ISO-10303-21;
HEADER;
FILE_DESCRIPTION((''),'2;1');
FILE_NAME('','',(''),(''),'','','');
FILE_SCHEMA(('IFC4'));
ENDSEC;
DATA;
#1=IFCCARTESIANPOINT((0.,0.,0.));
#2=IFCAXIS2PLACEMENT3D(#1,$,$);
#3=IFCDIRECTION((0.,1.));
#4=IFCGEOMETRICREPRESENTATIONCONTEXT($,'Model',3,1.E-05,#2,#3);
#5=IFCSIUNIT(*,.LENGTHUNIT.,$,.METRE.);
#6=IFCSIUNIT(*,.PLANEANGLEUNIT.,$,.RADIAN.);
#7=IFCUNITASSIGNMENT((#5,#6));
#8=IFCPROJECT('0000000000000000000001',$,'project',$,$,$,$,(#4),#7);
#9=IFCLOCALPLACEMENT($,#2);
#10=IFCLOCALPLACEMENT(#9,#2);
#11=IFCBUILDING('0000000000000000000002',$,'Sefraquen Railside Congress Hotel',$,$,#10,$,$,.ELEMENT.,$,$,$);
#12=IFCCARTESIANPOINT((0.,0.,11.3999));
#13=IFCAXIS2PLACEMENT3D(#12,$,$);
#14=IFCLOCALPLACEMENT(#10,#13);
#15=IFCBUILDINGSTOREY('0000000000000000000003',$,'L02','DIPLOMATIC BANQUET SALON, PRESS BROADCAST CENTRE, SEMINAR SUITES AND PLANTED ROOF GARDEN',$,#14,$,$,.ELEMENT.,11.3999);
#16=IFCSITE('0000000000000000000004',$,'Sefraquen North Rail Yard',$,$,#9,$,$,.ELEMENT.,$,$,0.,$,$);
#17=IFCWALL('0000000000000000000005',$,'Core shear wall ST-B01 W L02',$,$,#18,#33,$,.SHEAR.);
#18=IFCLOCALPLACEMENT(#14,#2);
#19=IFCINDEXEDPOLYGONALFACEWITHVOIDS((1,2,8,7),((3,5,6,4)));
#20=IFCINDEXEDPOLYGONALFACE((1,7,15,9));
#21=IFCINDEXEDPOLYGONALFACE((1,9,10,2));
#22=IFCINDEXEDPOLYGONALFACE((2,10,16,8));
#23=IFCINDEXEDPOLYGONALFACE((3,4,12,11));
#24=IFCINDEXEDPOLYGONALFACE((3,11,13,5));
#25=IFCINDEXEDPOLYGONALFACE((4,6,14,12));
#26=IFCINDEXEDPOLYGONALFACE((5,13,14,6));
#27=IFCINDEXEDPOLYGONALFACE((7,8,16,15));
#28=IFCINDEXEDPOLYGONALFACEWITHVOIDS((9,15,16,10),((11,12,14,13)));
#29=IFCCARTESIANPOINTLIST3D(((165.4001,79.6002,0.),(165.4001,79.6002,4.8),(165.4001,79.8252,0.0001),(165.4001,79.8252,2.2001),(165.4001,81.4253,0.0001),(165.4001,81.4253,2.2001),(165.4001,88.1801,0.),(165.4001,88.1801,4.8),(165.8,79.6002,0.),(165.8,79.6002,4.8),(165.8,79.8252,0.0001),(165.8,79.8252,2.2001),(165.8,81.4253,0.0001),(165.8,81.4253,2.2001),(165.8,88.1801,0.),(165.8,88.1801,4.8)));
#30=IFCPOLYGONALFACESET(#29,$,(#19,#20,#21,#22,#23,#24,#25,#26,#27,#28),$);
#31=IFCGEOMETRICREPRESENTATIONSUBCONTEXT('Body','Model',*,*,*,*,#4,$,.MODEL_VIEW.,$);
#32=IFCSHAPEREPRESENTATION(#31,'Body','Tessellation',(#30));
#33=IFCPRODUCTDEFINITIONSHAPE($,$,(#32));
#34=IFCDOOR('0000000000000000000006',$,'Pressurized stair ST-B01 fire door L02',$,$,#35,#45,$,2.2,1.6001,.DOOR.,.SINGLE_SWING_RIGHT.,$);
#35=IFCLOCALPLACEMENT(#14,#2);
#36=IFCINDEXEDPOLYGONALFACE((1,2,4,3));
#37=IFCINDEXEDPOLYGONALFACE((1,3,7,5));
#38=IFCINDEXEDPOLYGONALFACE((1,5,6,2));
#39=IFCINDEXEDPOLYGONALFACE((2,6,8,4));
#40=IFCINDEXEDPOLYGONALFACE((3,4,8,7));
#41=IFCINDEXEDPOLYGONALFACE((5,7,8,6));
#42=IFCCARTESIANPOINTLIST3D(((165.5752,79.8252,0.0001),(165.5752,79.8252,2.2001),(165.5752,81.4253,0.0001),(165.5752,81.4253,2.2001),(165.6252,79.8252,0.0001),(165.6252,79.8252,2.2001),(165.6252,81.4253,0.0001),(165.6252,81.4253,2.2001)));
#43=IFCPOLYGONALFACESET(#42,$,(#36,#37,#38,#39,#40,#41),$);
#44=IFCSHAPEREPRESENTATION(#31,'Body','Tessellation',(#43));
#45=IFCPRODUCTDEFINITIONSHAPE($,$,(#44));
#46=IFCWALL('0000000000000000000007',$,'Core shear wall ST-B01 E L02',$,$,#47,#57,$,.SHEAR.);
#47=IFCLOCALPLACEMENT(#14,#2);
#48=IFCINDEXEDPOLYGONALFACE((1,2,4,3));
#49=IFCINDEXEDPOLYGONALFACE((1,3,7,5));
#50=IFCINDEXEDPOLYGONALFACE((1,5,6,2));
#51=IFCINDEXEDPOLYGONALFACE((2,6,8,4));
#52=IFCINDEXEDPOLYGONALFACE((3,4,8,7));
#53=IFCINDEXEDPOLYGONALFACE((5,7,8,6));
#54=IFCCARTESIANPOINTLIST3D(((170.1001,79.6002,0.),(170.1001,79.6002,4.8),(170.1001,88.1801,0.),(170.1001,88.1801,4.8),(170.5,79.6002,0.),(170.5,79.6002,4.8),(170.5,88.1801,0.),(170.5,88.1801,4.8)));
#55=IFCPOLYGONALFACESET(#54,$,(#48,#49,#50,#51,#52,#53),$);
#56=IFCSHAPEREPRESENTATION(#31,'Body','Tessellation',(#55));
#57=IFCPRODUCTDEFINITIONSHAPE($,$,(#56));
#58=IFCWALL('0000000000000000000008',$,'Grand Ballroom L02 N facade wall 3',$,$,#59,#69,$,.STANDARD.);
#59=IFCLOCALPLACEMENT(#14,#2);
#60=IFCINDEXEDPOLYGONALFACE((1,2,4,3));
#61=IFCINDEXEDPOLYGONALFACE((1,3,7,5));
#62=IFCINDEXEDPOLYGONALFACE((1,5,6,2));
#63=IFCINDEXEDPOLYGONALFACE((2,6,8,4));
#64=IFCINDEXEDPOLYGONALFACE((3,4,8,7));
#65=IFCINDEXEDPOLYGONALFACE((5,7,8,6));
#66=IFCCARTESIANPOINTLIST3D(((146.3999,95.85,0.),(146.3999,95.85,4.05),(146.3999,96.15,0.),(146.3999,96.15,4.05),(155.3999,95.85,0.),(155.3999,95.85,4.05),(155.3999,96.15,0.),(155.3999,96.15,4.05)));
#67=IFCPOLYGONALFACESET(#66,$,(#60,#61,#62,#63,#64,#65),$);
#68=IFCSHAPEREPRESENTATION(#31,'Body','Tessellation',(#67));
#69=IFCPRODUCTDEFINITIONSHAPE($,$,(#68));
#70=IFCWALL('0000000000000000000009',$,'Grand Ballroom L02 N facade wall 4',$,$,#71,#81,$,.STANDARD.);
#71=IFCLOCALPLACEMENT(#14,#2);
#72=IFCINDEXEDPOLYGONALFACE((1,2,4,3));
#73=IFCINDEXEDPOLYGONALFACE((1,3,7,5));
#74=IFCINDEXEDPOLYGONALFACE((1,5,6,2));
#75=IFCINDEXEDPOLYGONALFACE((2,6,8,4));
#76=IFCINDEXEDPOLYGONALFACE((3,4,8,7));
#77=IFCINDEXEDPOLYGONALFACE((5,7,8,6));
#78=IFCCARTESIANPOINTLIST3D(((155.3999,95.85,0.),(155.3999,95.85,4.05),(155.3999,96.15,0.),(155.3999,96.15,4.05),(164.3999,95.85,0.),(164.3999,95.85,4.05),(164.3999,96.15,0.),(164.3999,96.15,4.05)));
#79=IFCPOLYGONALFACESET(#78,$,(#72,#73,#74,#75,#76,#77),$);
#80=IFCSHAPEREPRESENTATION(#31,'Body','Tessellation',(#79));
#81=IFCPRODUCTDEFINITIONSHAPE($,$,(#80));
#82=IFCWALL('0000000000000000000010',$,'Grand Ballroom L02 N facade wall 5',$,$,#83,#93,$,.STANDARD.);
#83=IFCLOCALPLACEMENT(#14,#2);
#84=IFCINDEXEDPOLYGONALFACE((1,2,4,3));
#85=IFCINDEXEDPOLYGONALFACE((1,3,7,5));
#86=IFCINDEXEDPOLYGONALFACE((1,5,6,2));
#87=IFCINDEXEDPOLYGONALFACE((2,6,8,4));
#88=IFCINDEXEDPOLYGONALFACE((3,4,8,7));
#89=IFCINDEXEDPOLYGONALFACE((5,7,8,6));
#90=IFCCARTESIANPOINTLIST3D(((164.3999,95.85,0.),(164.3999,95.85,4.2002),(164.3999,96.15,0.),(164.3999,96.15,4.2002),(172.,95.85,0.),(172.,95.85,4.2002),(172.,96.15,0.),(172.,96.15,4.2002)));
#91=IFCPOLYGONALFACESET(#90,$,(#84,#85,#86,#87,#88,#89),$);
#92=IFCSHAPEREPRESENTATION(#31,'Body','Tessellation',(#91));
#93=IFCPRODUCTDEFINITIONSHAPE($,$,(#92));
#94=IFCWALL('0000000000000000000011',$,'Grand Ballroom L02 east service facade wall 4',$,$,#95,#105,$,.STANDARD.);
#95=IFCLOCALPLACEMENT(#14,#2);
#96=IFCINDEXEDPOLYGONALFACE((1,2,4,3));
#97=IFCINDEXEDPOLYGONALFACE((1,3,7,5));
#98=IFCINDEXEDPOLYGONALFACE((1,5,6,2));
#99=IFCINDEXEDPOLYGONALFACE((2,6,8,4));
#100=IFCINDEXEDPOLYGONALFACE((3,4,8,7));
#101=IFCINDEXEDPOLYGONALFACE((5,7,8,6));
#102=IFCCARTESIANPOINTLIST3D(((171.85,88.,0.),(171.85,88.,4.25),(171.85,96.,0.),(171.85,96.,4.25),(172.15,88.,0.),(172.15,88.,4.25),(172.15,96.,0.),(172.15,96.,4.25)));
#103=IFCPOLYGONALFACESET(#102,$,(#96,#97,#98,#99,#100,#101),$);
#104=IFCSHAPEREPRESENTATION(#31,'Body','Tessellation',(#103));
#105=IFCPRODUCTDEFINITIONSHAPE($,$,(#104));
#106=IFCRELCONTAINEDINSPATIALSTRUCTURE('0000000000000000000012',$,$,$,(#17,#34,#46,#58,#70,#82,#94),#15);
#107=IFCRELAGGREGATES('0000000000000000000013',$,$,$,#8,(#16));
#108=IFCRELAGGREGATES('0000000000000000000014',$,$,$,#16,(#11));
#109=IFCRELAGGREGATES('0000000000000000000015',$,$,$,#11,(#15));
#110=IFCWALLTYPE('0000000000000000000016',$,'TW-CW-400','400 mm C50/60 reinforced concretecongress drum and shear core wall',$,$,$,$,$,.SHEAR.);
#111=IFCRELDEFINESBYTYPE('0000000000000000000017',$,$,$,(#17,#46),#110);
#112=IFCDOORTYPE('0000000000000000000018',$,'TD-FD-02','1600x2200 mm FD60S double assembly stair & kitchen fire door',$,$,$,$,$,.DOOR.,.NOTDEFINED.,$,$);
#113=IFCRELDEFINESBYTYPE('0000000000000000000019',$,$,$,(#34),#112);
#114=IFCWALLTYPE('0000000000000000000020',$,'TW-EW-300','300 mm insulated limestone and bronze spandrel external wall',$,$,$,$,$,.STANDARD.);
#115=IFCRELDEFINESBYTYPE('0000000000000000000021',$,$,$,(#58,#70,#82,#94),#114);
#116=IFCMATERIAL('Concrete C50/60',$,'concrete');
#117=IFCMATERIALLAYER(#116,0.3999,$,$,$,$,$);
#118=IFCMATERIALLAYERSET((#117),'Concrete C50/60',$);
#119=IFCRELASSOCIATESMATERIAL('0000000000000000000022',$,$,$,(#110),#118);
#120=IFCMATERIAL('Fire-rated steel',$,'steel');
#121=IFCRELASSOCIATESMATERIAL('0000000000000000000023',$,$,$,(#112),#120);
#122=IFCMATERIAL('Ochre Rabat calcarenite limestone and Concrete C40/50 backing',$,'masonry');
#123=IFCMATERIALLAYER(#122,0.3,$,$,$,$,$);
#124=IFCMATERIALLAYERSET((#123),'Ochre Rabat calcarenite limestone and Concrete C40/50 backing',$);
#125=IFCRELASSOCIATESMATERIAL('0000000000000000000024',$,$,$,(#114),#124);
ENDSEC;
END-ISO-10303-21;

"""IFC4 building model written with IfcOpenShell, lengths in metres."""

from ifc_helpers import new_model, si_unit, direction, frame, frame_2d, origin, place, context, subcontext, project, spatial, rectangle, extrude, material, layer, layer_set, type_object, element, fill, save


model = new_model("IFC4")

# Units and contexts
model_context = context("Model", 3, precision=1e-05, world=origin(), true_north=direction((0.0, 1.0)))
body_context = subcontext(model_context, "Body", "Model", "MODEL_VIEW")
ifc_project = project(units=[si_unit("LENGTHUNIT", "METRE"), si_unit("PLANEANGLEUNIT", "RADIAN")], contexts=[model_context])

# Site, building, storey
site_placement = place(None, origin())
site = spatial("IfcSite", under=ifc_project, at=site_placement, Name="Sefraquen North Rail Yard", CompositionType="ELEMENT", RefElevation=0.0)
building_placement = place(site_placement, origin())
building = spatial("IfcBuilding", under=site, at=building_placement, Name="Sefraquen Railside Congress Hotel", CompositionType="ELEMENT")
storey_placement = place(building_placement, frame((0.0, 0.0, 11.3999)))
storey = spatial("IfcBuildingStorey", under=building, at=storey_placement, Name="L02", Description="DIPLOMATIC BANQUET SALON, PRESS BROADCAST CENTRE, SEMINAR SUITES AND PLANTED ROOF GARDEN", CompositionType="ELEMENT", Elevation=11.3999)

# Shared definitions
ifc_material_1 = material(Name="Concrete C50/60", Category="concrete")

# Shared definitions
ifc_layer_1 = layer(ifc_material_1, 0.3999)
ifc_layer_set_1 = layer_set([ifc_layer_1], Name="Concrete C50/60")
wall_type_1 = type_object("IfcWallType", Name="TW-CW-400", Description="400 mm C50/60 reinforced concretecongress drum and shear core wall", PredefinedType="SHEAR", material=ifc_layer_set_1)

# Wall, opening, door
wall_1_placement = place(storey_placement, frame((165.6001, 79.6001, 0.0), z_axis=(0.0, 0.0, 1.0), x_axis=(0.0, 1.0, 0.0)))
wall_1 = element("IfcWall", 1, at=wall_1_placement, inside=storey, type_object=wall_type_1, Name="Core shear wall ST-B01 W L02", PredefinedType="SHEAR", context=body_context, shape_type="SweptSolid", body=[
    extrude(rectangle(XDim=8.5798, YDim=0.3999, at=frame_2d((4.29, 0.0))), origin(), (0.0, 0.0, 1.0), 4.8),
])
opening_1_placement = place(wall_1_placement, frame((0.2251, 0.0, 0.0)))
opening_1 = element("IfcOpeningElement", 2, at=opening_1_placement, cuts=wall_1, PredefinedType="OPENING", context=body_context, shape_type="SweptSolid", body=[
    extrude(rectangle(XDim=1.6001, YDim=2.2, at=frame_2d((0.8, 1.1001))), frame((0.0, 0.21, 0.0), z_axis=(0.0, -1.0, 0.0), x_axis=(1.0, 0.0, 0.0)), (0.0, 0.0, 1.0), 0.4199),
])
ifc_material_2 = material(Name="Fire-rated steel", Category="steel")
door_type_1 = type_object("IfcDoorType", Name="TD-FD-02", Description="1600x2200 mm FD60S double assembly stair & kitchen fire door", OperationType="NOTDEFINED", PredefinedType="DOOR", material=ifc_material_2)
door_1_placement = place(opening_1_placement, origin())
door_1 = element("IfcDoor", 3, at=door_1_placement, inside=storey, type_object=door_type_1, Name="Pressurized stair ST-B01 fire door L02", OperationType="SINGLE_SWING_RIGHT", OverallHeight=2.2, OverallWidth=1.6001, PredefinedType="DOOR", context=body_context, shape_type="SweptSolid", body=[
    extrude(rectangle(XDim=1.6001, YDim=2.2, at=frame_2d((0.8, 1.1001))), frame((0.0, 0.0249, 0.0), z_axis=(0.0, -1.0, 0.0), x_axis=(1.0, 0.0, 0.0)), (0.0, 0.0, 1.0), 0.05),
])
fill(opening_1, door_1)

# Walls
wall_2_placement = place(storey_placement, frame((170.3, 79.6001, 0.0), z_axis=(0.0, 0.0, 1.0), x_axis=(0.0, 1.0, 0.0)))
element("IfcWall", 4, at=wall_2_placement, inside=storey, type_object=wall_type_1, Name="Core shear wall ST-B01 E L02", PredefinedType="SHEAR", context=body_context, shape_type="SweptSolid", body=[
    extrude(rectangle(XDim=8.5798, YDim=0.3999, at=frame_2d((4.29, 0.0))), origin(), (0.0, 0.0, 1.0), 4.8),
])
ifc_material_3 = material(Name="Ochre Rabat calcarenite limestone and Concrete C40/50 backing", Category="masonry")
ifc_layer_2 = layer(ifc_material_3, 0.3)
ifc_layer_set_2 = layer_set([ifc_layer_2], Name="Ochre Rabat calcarenite limestone and Concrete C40/50 backing")
wall_type_2 = type_object("IfcWallType", Name="TW-EW-300", Description="300 mm insulated limestone and bronze spandrel external wall", PredefinedType="STANDARD", material=ifc_layer_set_2)
for number, where, z_axis, x_axis, name in (
    (5, (146.3999, 96.0, 0.0), (0.0, 0.0, 1.0), (1.0, 0.0, 0.0), "Grand Ballroom L02 N facade wall 3"),
    (6, (155.3999, 96.0, 0.0), (0.0, 0.0, 1.0), (1.0, 0.0, 0.0), "Grand Ballroom L02 N facade wall 4"),
):
    element("IfcWall", number, at=place(storey_placement, frame(where, z_axis=z_axis, x_axis=x_axis)), inside=storey, type_object=wall_type_2, Name=name, PredefinedType="STANDARD", context=body_context, shape_type="SweptSolid", body=[
        extrude(rectangle(XDim=9.0, YDim=0.3, at=frame_2d((4.5, 0.0))), origin(), (0.0, 0.0, 1.0), 4.05),
    ])
wall_3_placement = place(storey_placement, frame((164.3999, 96.0, 0.0), z_axis=(0.0, 0.0, 1.0), x_axis=(1.0, 0.0, 0.0)))
element("IfcWall", 7, at=wall_3_placement, inside=storey, type_object=wall_type_2, Name="Grand Ballroom L02 N facade wall 5", PredefinedType="STANDARD", context=body_context, shape_type="SweptSolid", body=[
    extrude(rectangle(XDim=7.6001, YDim=0.3, at=frame_2d((3.8, 0.0))), origin(), (0.0, 0.0, 1.0), 4.2002),
])
wall_4_placement = place(storey_placement, frame((172.0, 88.0, 0.0), z_axis=(0.0, 0.0, 1.0), x_axis=(0.0, 1.0, 0.0)))
element("IfcWall", 8, at=wall_4_placement, inside=storey, type_object=wall_type_2, Name="Grand Ballroom L02 east service facade wall 4", PredefinedType="STANDARD", context=body_context, shape_type="SweptSolid", body=[
    extrude(rectangle(XDim=8.0, YDim=0.3, at=frame_2d((4.0, 0.0))), origin(), (0.0, 0.0, 1.0), 4.25),
])

save(model, "model.ifc")
